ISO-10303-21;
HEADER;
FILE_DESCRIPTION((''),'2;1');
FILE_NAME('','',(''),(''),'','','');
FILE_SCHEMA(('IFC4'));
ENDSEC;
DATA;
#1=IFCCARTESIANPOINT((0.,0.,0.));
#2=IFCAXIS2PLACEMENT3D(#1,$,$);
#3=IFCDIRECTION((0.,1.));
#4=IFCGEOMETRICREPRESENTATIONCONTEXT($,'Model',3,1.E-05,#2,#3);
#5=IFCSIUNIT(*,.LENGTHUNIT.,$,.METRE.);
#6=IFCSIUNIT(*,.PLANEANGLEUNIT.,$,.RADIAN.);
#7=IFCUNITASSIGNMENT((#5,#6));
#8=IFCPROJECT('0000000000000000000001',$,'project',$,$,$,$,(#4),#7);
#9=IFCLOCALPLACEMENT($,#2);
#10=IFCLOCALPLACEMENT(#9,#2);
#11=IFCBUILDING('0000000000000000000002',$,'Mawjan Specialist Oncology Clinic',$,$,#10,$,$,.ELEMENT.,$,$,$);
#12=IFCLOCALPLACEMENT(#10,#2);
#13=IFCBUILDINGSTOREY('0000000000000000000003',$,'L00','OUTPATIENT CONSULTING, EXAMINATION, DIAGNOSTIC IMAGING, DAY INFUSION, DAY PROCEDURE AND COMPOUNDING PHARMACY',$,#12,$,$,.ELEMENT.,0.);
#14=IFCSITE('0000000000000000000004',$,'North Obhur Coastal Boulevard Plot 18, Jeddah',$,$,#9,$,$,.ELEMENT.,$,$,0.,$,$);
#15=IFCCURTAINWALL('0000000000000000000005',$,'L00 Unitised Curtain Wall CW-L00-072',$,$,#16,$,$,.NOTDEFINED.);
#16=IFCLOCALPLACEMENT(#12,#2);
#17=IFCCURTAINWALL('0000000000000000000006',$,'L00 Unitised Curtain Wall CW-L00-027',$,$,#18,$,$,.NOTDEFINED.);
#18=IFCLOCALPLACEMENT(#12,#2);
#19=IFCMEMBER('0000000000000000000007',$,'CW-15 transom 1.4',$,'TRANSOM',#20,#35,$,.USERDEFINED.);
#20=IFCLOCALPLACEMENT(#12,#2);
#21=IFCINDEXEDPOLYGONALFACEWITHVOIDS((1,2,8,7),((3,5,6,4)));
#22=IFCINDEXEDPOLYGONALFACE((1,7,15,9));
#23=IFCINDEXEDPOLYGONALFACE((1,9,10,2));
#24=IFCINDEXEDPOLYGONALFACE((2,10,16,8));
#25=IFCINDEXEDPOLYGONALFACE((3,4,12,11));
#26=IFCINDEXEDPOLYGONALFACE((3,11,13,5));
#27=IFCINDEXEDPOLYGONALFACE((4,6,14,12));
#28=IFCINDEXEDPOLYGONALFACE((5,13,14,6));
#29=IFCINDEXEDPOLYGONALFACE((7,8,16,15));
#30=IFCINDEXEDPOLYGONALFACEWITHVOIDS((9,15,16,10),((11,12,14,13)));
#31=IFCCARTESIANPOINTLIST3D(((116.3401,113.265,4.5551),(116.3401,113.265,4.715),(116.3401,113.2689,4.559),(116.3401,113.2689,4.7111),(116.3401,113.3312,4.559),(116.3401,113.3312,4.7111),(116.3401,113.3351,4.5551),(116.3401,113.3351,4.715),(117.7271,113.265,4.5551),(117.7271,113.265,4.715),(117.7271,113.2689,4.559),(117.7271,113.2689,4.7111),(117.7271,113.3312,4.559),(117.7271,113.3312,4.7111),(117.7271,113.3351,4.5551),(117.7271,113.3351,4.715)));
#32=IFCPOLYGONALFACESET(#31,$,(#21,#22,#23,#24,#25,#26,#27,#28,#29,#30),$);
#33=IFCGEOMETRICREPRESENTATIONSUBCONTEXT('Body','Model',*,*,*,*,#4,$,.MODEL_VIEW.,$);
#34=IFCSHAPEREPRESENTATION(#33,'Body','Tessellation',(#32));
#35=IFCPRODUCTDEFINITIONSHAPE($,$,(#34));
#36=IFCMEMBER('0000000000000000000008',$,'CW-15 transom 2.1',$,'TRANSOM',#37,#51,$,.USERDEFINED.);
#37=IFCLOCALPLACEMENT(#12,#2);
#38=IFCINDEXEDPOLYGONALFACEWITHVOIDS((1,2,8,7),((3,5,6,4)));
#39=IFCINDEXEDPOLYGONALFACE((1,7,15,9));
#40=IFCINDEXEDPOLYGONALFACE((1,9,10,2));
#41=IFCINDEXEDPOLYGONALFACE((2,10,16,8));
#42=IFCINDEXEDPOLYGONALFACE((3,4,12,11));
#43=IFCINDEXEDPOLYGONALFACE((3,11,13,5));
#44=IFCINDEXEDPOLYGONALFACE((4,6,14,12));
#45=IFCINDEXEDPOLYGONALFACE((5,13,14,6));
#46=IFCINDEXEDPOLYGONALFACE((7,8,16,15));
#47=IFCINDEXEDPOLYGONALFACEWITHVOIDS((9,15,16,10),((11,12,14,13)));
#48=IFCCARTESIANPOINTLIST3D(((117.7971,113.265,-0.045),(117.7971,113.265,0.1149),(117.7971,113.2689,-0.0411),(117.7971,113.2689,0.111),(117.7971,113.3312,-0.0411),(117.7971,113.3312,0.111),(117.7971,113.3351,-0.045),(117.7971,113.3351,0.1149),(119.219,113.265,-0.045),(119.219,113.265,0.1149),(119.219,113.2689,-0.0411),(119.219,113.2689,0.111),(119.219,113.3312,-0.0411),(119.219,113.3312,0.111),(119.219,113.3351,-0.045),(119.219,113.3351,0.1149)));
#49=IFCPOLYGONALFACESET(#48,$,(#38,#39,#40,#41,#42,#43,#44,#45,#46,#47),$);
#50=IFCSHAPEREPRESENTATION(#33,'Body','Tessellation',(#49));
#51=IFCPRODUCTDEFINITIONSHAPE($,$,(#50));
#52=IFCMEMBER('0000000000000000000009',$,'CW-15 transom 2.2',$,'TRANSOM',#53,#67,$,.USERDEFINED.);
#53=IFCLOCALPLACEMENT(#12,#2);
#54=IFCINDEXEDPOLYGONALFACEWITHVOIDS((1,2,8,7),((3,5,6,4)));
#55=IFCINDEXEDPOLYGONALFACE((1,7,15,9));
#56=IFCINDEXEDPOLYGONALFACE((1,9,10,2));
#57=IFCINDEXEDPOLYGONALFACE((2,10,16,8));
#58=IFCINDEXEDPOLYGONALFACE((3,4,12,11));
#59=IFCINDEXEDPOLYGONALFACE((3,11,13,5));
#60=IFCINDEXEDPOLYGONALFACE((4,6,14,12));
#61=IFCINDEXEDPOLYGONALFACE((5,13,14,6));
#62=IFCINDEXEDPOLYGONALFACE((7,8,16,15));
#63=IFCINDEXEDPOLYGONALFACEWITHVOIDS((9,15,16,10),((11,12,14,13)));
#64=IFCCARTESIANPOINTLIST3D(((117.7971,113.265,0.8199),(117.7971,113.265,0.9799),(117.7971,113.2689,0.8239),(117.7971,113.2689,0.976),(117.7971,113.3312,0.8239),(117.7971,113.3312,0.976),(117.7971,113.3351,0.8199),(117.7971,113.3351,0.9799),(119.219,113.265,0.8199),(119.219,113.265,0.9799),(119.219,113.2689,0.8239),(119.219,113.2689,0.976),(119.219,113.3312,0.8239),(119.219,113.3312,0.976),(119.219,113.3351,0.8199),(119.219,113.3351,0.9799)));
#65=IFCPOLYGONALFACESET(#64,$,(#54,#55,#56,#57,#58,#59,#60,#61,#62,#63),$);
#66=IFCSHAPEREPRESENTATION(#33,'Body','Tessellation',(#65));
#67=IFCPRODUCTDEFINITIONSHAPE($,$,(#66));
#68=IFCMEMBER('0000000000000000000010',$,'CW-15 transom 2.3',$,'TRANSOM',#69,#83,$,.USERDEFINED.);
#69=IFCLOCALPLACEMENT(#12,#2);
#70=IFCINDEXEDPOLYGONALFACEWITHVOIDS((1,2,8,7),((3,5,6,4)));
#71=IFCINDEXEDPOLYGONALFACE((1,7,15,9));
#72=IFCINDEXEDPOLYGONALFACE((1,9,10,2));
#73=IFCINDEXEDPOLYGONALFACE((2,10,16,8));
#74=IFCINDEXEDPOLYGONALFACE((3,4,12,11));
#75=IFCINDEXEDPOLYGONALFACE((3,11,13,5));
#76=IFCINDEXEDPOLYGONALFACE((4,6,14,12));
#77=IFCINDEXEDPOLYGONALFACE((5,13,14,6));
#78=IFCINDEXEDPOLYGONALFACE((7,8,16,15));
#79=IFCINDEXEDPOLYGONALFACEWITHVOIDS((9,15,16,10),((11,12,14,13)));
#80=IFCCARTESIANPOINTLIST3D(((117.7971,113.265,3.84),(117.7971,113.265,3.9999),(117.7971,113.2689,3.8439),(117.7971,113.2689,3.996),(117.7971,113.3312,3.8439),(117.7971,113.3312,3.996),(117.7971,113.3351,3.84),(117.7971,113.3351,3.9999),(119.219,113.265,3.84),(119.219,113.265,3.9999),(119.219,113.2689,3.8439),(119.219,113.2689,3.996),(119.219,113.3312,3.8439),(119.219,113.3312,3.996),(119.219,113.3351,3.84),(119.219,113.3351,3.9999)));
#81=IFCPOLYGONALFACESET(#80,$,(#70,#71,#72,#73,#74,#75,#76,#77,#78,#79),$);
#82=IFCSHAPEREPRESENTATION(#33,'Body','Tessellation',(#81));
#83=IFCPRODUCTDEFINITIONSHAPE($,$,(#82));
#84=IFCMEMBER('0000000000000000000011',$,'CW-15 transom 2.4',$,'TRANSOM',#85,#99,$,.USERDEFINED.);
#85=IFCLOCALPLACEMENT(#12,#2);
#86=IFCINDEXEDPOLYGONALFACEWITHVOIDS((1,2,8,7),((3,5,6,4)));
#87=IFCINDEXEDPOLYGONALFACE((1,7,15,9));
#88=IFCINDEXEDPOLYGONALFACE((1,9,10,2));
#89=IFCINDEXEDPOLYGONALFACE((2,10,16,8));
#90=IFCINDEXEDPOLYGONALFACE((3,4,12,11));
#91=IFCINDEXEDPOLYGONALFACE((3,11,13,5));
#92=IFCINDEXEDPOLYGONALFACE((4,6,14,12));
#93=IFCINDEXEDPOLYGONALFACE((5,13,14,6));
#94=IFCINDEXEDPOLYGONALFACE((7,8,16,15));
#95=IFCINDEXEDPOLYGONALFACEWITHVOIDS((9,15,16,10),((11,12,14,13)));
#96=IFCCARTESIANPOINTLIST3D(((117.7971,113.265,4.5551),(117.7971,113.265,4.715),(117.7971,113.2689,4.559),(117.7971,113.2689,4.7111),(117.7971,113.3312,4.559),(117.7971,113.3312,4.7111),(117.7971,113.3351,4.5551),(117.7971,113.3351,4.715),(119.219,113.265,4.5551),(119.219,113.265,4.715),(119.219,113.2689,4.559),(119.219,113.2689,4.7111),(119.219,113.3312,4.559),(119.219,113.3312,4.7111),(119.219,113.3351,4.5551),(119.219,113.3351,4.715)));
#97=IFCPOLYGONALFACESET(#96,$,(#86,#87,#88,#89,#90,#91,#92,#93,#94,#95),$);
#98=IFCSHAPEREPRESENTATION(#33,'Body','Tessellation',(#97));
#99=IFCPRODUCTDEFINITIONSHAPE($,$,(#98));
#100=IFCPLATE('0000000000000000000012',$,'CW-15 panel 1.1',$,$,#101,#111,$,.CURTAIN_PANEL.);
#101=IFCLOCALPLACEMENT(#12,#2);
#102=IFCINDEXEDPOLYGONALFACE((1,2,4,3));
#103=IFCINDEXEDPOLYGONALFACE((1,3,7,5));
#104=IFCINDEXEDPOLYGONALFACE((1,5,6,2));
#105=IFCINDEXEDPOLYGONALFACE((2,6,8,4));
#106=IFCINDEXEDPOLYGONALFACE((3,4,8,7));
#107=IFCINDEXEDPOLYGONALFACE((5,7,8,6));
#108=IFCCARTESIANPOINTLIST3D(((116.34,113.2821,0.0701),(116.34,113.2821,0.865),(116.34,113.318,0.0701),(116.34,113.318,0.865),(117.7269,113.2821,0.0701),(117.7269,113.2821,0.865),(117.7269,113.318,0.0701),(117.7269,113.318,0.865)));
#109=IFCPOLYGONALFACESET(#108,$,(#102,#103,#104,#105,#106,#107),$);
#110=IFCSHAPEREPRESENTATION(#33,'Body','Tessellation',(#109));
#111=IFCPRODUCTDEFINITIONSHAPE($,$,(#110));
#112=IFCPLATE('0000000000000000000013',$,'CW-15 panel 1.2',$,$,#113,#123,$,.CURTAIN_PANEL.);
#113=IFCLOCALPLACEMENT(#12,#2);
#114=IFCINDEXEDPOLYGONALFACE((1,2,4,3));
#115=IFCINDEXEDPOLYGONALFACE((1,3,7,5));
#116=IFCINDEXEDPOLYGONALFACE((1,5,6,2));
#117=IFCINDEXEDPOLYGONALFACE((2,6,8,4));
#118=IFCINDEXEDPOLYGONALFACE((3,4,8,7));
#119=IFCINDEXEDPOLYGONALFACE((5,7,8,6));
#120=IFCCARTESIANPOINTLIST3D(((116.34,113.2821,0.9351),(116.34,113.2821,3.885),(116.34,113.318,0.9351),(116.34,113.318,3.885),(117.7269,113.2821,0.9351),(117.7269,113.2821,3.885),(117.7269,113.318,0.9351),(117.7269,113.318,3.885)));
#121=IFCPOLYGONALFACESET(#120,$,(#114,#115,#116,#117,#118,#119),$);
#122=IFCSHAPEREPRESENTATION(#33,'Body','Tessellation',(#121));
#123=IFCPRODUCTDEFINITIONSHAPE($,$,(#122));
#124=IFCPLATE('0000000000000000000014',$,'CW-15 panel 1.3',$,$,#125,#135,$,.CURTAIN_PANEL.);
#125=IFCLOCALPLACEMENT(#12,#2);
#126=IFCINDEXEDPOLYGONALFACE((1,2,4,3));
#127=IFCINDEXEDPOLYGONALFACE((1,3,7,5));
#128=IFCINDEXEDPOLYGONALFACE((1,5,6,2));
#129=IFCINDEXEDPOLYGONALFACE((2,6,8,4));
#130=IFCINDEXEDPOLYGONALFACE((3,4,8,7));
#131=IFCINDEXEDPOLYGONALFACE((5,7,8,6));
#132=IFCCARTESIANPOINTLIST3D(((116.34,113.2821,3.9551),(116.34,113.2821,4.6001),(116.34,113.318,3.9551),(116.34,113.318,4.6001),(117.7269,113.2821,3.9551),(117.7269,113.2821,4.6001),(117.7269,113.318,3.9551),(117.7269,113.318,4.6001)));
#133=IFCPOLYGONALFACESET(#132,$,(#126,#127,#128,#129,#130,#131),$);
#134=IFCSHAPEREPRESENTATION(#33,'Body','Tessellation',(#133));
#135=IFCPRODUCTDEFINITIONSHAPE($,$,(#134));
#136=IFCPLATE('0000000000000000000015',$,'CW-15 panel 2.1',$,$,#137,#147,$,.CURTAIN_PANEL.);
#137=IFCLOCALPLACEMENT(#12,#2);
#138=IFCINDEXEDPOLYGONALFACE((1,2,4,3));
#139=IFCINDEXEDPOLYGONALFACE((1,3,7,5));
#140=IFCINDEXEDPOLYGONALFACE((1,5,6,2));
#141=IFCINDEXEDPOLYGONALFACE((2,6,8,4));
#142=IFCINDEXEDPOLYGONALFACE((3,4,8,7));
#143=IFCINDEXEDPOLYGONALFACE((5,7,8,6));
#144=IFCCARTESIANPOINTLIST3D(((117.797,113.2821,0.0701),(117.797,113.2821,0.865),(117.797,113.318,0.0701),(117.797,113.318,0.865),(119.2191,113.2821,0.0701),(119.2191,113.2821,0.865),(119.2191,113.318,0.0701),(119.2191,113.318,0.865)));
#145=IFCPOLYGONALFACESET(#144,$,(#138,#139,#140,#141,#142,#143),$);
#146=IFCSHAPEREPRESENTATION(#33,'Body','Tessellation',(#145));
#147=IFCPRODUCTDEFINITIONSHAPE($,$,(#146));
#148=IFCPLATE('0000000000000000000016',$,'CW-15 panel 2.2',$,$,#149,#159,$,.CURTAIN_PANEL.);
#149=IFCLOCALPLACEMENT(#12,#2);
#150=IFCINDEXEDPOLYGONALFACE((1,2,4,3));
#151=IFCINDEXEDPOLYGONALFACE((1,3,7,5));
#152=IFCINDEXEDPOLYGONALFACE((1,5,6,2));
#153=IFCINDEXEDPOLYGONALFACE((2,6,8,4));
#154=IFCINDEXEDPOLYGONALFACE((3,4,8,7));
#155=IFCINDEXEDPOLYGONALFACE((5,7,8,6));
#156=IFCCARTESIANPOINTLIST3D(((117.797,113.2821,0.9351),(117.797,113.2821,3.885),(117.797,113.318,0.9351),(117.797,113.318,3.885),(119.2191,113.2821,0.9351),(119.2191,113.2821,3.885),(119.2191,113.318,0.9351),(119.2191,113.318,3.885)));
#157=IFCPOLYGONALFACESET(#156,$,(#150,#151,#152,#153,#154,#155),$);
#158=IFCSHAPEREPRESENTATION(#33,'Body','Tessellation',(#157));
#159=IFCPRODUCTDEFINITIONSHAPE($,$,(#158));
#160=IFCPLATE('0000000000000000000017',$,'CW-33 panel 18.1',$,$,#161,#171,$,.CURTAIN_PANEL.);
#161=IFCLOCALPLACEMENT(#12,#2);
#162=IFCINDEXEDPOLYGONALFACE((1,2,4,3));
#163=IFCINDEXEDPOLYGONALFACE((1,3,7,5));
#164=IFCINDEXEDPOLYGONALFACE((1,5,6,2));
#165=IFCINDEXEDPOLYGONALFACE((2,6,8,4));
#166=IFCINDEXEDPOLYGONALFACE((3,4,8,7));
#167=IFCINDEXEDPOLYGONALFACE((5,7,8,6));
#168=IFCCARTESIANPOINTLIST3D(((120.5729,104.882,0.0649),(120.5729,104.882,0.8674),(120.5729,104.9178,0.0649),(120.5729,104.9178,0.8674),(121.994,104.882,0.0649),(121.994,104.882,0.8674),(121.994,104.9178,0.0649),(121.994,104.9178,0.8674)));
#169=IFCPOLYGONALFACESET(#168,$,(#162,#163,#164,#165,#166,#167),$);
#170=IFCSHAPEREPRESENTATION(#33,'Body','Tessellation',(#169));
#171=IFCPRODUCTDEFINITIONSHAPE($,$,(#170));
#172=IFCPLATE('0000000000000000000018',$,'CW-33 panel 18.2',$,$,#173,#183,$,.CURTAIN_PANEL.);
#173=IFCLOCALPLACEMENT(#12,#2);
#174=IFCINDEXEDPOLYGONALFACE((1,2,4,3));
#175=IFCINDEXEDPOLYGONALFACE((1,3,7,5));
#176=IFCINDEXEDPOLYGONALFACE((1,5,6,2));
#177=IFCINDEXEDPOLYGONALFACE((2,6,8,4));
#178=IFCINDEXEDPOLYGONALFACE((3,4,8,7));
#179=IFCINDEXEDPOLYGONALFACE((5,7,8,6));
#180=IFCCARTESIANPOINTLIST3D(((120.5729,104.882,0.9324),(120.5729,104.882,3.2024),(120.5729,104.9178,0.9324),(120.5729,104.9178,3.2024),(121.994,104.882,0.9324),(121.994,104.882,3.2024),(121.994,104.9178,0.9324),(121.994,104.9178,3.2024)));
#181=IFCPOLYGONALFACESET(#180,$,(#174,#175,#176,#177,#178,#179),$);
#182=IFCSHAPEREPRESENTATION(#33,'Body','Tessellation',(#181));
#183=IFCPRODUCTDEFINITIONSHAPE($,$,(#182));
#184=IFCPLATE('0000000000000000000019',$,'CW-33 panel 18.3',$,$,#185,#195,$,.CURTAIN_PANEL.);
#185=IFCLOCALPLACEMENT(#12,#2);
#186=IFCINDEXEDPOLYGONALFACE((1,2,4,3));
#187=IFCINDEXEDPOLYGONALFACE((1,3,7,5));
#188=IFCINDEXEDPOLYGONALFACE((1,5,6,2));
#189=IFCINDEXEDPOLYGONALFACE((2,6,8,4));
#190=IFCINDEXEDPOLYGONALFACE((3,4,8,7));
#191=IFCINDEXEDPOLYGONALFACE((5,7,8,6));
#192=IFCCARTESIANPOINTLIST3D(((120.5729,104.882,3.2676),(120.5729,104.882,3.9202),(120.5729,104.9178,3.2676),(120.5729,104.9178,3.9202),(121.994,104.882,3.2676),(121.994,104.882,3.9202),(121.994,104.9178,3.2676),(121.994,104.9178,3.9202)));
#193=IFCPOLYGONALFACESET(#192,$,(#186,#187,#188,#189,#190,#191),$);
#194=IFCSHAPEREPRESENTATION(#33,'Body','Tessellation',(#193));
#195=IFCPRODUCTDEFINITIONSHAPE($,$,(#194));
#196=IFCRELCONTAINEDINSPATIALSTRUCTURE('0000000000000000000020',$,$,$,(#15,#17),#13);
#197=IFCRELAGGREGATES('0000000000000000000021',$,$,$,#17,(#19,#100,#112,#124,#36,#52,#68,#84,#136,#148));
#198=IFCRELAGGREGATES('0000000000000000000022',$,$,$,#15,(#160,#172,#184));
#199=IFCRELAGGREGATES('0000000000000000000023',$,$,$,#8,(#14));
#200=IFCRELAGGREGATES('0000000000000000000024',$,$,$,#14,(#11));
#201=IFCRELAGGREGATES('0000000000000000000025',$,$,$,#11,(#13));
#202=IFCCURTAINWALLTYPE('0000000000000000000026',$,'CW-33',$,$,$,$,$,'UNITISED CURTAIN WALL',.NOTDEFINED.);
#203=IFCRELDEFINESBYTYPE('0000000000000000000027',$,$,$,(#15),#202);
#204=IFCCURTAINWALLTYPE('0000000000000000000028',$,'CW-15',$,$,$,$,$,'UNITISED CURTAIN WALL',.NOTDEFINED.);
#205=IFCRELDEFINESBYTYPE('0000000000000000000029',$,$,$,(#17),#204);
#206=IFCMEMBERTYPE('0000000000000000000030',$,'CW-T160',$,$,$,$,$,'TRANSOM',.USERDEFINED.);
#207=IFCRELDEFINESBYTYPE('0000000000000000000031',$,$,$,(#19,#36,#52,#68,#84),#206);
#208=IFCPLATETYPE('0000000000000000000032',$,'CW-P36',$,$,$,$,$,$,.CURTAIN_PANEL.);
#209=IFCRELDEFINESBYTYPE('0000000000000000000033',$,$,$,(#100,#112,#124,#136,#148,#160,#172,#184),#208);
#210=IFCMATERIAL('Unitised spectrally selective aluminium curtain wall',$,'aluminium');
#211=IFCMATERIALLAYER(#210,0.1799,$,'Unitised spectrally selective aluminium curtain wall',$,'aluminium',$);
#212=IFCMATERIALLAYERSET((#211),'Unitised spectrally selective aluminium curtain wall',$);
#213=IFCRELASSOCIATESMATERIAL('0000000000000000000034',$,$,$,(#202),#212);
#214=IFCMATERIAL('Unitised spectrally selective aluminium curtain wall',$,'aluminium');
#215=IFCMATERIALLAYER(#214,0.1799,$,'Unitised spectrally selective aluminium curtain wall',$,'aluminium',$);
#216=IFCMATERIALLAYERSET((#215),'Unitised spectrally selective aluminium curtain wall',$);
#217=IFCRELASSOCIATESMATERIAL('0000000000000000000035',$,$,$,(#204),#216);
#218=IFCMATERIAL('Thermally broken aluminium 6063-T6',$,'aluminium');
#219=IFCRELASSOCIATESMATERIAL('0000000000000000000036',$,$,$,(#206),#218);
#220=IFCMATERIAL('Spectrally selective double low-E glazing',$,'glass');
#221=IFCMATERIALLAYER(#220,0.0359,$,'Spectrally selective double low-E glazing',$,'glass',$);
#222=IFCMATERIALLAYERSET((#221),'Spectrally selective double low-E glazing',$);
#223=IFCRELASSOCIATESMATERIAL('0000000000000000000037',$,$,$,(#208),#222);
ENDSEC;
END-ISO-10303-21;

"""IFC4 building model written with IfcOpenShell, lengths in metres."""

from ifc_helpers import new_model, si_unit, direction, frame, origin, origin_2d, place, context, subcontext, project, spatial, rectangle, hollow_rectangle, extrude, material, layer, layer_set, material_profile, profile_set, type_object, element, aggregate, save


model = new_model("IFC4")

# Units and contexts
model_context = context("Model", 3, precision=1e-05, world=origin(), true_north=direction((0.0, 1.0)))
body_context = subcontext(model_context, "Body", "Model", "MODEL_VIEW")
ifc_project = project(units=[si_unit("LENGTHUNIT", "METRE"), si_unit("PLANEANGLEUNIT", "RADIAN")], contexts=[model_context])

# Site, building, storey
site_placement = place(None, origin())
site = spatial("IfcSite", under=ifc_project, at=site_placement, Name="North Obhur Coastal Boulevard Plot 18, Jeddah", CompositionType="ELEMENT", RefElevation=0.0)
building_placement = place(site_placement, origin())
building = spatial("IfcBuilding", under=site, at=building_placement, Name="Mawjan Specialist Oncology Clinic", CompositionType="ELEMENT")
storey_placement = place(building_placement, origin())
storey = spatial("IfcBuildingStorey", under=building, at=storey_placement, Name="L00", Description="OUTPATIENT CONSULTING, EXAMINATION, DIAGNOSTIC IMAGING, DAY INFUSION, DAY PROCEDURE AND COMPOUNDING PHARMACY", CompositionType="ELEMENT", Elevation=0.0)

# Curtain wall
ifc_material_1 = material(Name="Unitised spectrally selective aluminium curtain wall", Category="aluminium")
ifc_layer_1 = layer(ifc_material_1, 0.1799, Name="Unitised spectrally selective aluminium curtain wall", Category="aluminium")
ifc_layer_set_1 = layer_set([ifc_layer_1], Name="Unitised spectrally selective aluminium curtain wall")
curtain_wall_type_1 = type_object("IfcCurtainWallType", Name="CW-33", ElementType="UNITISED CURTAIN WALL", PredefinedType="NOTDEFINED", material=ifc_layer_set_1)
curtain_wall_1_placement = place(storey_placement, origin())
curtain_wall_1 = element("IfcCurtainWall", 1, at=curtain_wall_1_placement, inside=storey, type_object=curtain_wall_type_1, Name="L00 Unitised Curtain Wall CW-L00-072", PredefinedType="NOTDEFINED")

# Curtain wall
ifc_material_2 = material(Name="Unitised spectrally selective aluminium curtain wall", Category="aluminium")
ifc_layer_2 = layer(ifc_material_2, 0.1799, Name="Unitised spectrally selective aluminium curtain wall", Category="aluminium")
ifc_layer_set_2 = layer_set([ifc_layer_2], Name="Unitised spectrally selective aluminium curtain wall")
curtain_wall_type_2 = type_object("IfcCurtainWallType", Name="CW-15", ElementType="UNITISED CURTAIN WALL", PredefinedType="NOTDEFINED", material=ifc_layer_set_2)
curtain_wall_2_placement = place(storey_placement, origin())
curtain_wall_2 = element("IfcCurtainWall", 2, at=curtain_wall_2_placement, inside=storey, type_object=curtain_wall_type_2, Name="L00 Unitised Curtain Wall CW-L00-027", PredefinedType="NOTDEFINED")

# Members
ifc_material_3 = material(Name="Thermally broken aluminium 6063-T6", Category="aluminium")
ifc_material_profile_1 = material_profile(ifc_material_3, hollow_rectangle(XDim=0.0701, YDim=0.1599, WallThickness=0.0039, at=origin_2d()), Name="ALU TRANSOM 160x70x4", Category="aluminium")
ifc_profile_set_1 = profile_set([ifc_material_profile_1], Name="Thermally broken aluminium 6063-T6")
member_type_1 = type_object("IfcMemberType", Name="CW-T160", ElementType="TRANSOM", PredefinedType="USERDEFINED", material=ifc_profile_set_1)
member_1_placement = place(storey_placement, frame((116.3401, 113.3, 4.635), z_axis=(1.0, 0.0, 0.0), x_axis=(0.0, 1.0, 0.0)))
member_1 = element("IfcMember", 3, at=member_1_placement, type_object=member_type_1, Name="CW-15 transom 1.4", ObjectType="TRANSOM", PredefinedType="USERDEFINED", context=body_context, shape_type="SweptSolid", body=[
    extrude(hollow_rectangle(XDim=0.0701, YDim=0.1599, WallThickness=0.0039, at=origin_2d()), origin(), (0.0, 0.0, 1.0), 1.387),
])
member_2_placement = place(storey_placement, frame((117.7971, 113.3, 0.0349), z_axis=(1.0, 0.0, 0.0), x_axis=(0.0, 1.0, 0.0)))
member_2 = element("IfcMember", 4, at=member_2_placement, type_object=member_type_1, Name="CW-15 transom 2.1", ObjectType="TRANSOM", PredefinedType="USERDEFINED", context=body_context, shape_type="SweptSolid", body=[
    extrude(hollow_rectangle(XDim=0.0701, YDim=0.1599, WallThickness=0.0039, at=origin_2d()), origin(), (0.0, 0.0, 1.0), 1.4219),
])
member_3_placement = place(storey_placement, frame((117.7971, 113.3, 0.8999), z_axis=(1.0, 0.0, 0.0), x_axis=(0.0, 1.0, 0.0)))
member_3 = element("IfcMember", 5, at=member_3_placement, type_object=member_type_1, Name="CW-15 transom 2.2", ObjectType="TRANSOM", PredefinedType="USERDEFINED", context=body_context, shape_type="SweptSolid", body=[
    extrude(hollow_rectangle(XDim=0.0701, YDim=0.1599, WallThickness=0.0039, at=origin_2d()), origin(), (0.0, 0.0, 1.0), 1.4219),
])
member_4_placement = place(storey_placement, frame((117.7971, 113.3, 3.9199), z_axis=(1.0, 0.0, 0.0), x_axis=(0.0, 1.0, 0.0)))
member_4 = element("IfcMember", 6, at=member_4_placement, type_object=member_type_1, Name="CW-15 transom 2.3", ObjectType="TRANSOM", PredefinedType="USERDEFINED", context=body_context, shape_type="SweptSolid", body=[
    extrude(hollow_rectangle(XDim=0.0701, YDim=0.1599, WallThickness=0.0039, at=origin_2d()), origin(), (0.0, 0.0, 1.0), 1.4219),
])
member_5_placement = place(storey_placement, frame((117.7971, 113.3, 4.635), z_axis=(1.0, 0.0, 0.0), x_axis=(0.0, 1.0, 0.0)))
member_5 = element("IfcMember", 7, at=member_5_placement, type_object=member_type_1, Name="CW-15 transom 2.4", ObjectType="TRANSOM", PredefinedType="USERDEFINED", context=body_context, shape_type="SweptSolid", body=[
    extrude(hollow_rectangle(XDim=0.0701, YDim=0.1599, WallThickness=0.0039, at=origin_2d()), origin(), (0.0, 0.0, 1.0), 1.4219),
])

# Plates
ifc_material_4 = material(Name="Spectrally selective double low-E glazing", Category="glass")
ifc_layer_3 = layer(ifc_material_4, 0.0359, Name="Spectrally selective double low-E glazing", Category="glass")
ifc_layer_set_3 = layer_set([ifc_layer_3], Name="Spectrally selective double low-E glazing")
plate_type = type_object("IfcPlateType", Name="CW-P36", PredefinedType="CURTAIN_PANEL", material=ifc_layer_set_3)
plate_1_placement = place(storey_placement, frame((117.0334, 113.3, 0.0701), z_axis=(0.0, 0.0, 1.0), x_axis=(1.0, 0.0, 0.0)))
plate_1 = element("IfcPlate", 8, at=plate_1_placement, type_object=plate_type, Name="CW-15 panel 1.1", PredefinedType="CURTAIN_PANEL", context=body_context, shape_type="SweptSolid", body=[
    extrude(rectangle(XDim=1.387, YDim=0.0359, at=origin_2d()), origin(), (0.0, 0.0, 1.0), 0.7949),
])
plate_2_placement = place(storey_placement, frame((117.0334, 113.3, 0.9351), z_axis=(0.0, 0.0, 1.0), x_axis=(1.0, 0.0, 0.0)))
plate_2 = element("IfcPlate", 9, at=plate_2_placement, type_object=plate_type, Name="CW-15 panel 1.2", PredefinedType="CURTAIN_PANEL", context=body_context, shape_type="SweptSolid", body=[
    extrude(rectangle(XDim=1.387, YDim=0.0359, at=origin_2d()), origin(), (0.0, 0.0, 1.0), 2.95),
])
plate_3_placement = place(storey_placement, frame((117.0334, 113.3, 3.9551), z_axis=(0.0, 0.0, 1.0), x_axis=(1.0, 0.0, 0.0)))
plate_3 = element("IfcPlate", 10, at=plate_3_placement, type_object=plate_type, Name="CW-15 panel 1.3", PredefinedType="CURTAIN_PANEL", context=body_context, shape_type="SweptSolid", body=[
    extrude(rectangle(XDim=1.387, YDim=0.0359, at=origin_2d()), origin(), (0.0, 0.0, 1.0), 0.645),
])
plate_4_placement = place(storey_placement, frame((118.5081, 113.3, 0.0701), z_axis=(0.0, 0.0, 1.0), x_axis=(1.0, 0.0, 0.0)))
plate_4 = element("IfcPlate", 11, at=plate_4_placement, type_object=plate_type, Name="CW-15 panel 2.1", PredefinedType="CURTAIN_PANEL", context=body_context, shape_type="SweptSolid", body=[
    extrude(rectangle(XDim=1.4221, YDim=0.0359, at=origin_2d()), origin(), (0.0, 0.0, 1.0), 0.7949),
])
plate_5_placement = place(storey_placement, frame((118.5081, 113.3, 0.9351), z_axis=(0.0, 0.0, 1.0), x_axis=(1.0, 0.0, 0.0)))
plate_5 = element("IfcPlate", 12, at=plate_5_placement, type_object=plate_type, Name="CW-15 panel 2.2", PredefinedType="CURTAIN_PANEL", context=body_context, shape_type="SweptSolid", body=[
    extrude(rectangle(XDim=1.4221, YDim=0.0359, at=origin_2d()), origin(), (0.0, 0.0, 1.0), 2.95),
])
aggregate(curtain_wall_2, [member_1, plate_1, plate_2, plate_3, member_2, member_3, member_4, member_5, plate_4, plate_5])
plate_6_placement = place(storey_placement, frame((121.2834, 104.8999, 0.0649), z_axis=(0.0, 0.0, 1.0), x_axis=(-1.0, 0.0, 0.0)))
plate_6 = element("IfcPlate", 13, at=plate_6_placement, type_object=plate_type, Name="CW-33 panel 18.1", PredefinedType="CURTAIN_PANEL", context=body_context, shape_type="SweptSolid", body=[
    extrude(rectangle(XDim=1.4211, YDim=0.0359, at=origin_2d()), origin(), (0.0, 0.0, 1.0), 0.8025),
])
plate_7_placement = place(storey_placement, frame((121.2834, 104.8999, 0.9324), z_axis=(0.0, 0.0, 1.0), x_axis=(-1.0, 0.0, 0.0)))
plate_7 = element("IfcPlate", 14, at=plate_7_placement, type_object=plate_type, Name="CW-33 panel 18.2", PredefinedType="CURTAIN_PANEL", context=body_context, shape_type="SweptSolid", body=[
    extrude(rectangle(XDim=1.4211, YDim=0.0359, at=origin_2d()), origin(), (0.0, 0.0, 1.0), 2.27),
])
plate_8_placement = place(storey_placement, frame((121.2834, 104.8999, 3.2676), z_axis=(0.0, 0.0, 1.0), x_axis=(-1.0, 0.0, 0.0)))
plate_8 = element("IfcPlate", 15, at=plate_8_placement, type_object=plate_type, Name="CW-33 panel 18.3", PredefinedType="CURTAIN_PANEL", context=body_context, shape_type="SweptSolid", body=[
    extrude(rectangle(XDim=1.4211, YDim=0.0359, at=origin_2d()), origin(), (0.0, 0.0, 1.0), 0.6526),
])
aggregate(curtain_wall_1, [plate_6, plate_7, plate_8])

save(model, "model.ifc")
